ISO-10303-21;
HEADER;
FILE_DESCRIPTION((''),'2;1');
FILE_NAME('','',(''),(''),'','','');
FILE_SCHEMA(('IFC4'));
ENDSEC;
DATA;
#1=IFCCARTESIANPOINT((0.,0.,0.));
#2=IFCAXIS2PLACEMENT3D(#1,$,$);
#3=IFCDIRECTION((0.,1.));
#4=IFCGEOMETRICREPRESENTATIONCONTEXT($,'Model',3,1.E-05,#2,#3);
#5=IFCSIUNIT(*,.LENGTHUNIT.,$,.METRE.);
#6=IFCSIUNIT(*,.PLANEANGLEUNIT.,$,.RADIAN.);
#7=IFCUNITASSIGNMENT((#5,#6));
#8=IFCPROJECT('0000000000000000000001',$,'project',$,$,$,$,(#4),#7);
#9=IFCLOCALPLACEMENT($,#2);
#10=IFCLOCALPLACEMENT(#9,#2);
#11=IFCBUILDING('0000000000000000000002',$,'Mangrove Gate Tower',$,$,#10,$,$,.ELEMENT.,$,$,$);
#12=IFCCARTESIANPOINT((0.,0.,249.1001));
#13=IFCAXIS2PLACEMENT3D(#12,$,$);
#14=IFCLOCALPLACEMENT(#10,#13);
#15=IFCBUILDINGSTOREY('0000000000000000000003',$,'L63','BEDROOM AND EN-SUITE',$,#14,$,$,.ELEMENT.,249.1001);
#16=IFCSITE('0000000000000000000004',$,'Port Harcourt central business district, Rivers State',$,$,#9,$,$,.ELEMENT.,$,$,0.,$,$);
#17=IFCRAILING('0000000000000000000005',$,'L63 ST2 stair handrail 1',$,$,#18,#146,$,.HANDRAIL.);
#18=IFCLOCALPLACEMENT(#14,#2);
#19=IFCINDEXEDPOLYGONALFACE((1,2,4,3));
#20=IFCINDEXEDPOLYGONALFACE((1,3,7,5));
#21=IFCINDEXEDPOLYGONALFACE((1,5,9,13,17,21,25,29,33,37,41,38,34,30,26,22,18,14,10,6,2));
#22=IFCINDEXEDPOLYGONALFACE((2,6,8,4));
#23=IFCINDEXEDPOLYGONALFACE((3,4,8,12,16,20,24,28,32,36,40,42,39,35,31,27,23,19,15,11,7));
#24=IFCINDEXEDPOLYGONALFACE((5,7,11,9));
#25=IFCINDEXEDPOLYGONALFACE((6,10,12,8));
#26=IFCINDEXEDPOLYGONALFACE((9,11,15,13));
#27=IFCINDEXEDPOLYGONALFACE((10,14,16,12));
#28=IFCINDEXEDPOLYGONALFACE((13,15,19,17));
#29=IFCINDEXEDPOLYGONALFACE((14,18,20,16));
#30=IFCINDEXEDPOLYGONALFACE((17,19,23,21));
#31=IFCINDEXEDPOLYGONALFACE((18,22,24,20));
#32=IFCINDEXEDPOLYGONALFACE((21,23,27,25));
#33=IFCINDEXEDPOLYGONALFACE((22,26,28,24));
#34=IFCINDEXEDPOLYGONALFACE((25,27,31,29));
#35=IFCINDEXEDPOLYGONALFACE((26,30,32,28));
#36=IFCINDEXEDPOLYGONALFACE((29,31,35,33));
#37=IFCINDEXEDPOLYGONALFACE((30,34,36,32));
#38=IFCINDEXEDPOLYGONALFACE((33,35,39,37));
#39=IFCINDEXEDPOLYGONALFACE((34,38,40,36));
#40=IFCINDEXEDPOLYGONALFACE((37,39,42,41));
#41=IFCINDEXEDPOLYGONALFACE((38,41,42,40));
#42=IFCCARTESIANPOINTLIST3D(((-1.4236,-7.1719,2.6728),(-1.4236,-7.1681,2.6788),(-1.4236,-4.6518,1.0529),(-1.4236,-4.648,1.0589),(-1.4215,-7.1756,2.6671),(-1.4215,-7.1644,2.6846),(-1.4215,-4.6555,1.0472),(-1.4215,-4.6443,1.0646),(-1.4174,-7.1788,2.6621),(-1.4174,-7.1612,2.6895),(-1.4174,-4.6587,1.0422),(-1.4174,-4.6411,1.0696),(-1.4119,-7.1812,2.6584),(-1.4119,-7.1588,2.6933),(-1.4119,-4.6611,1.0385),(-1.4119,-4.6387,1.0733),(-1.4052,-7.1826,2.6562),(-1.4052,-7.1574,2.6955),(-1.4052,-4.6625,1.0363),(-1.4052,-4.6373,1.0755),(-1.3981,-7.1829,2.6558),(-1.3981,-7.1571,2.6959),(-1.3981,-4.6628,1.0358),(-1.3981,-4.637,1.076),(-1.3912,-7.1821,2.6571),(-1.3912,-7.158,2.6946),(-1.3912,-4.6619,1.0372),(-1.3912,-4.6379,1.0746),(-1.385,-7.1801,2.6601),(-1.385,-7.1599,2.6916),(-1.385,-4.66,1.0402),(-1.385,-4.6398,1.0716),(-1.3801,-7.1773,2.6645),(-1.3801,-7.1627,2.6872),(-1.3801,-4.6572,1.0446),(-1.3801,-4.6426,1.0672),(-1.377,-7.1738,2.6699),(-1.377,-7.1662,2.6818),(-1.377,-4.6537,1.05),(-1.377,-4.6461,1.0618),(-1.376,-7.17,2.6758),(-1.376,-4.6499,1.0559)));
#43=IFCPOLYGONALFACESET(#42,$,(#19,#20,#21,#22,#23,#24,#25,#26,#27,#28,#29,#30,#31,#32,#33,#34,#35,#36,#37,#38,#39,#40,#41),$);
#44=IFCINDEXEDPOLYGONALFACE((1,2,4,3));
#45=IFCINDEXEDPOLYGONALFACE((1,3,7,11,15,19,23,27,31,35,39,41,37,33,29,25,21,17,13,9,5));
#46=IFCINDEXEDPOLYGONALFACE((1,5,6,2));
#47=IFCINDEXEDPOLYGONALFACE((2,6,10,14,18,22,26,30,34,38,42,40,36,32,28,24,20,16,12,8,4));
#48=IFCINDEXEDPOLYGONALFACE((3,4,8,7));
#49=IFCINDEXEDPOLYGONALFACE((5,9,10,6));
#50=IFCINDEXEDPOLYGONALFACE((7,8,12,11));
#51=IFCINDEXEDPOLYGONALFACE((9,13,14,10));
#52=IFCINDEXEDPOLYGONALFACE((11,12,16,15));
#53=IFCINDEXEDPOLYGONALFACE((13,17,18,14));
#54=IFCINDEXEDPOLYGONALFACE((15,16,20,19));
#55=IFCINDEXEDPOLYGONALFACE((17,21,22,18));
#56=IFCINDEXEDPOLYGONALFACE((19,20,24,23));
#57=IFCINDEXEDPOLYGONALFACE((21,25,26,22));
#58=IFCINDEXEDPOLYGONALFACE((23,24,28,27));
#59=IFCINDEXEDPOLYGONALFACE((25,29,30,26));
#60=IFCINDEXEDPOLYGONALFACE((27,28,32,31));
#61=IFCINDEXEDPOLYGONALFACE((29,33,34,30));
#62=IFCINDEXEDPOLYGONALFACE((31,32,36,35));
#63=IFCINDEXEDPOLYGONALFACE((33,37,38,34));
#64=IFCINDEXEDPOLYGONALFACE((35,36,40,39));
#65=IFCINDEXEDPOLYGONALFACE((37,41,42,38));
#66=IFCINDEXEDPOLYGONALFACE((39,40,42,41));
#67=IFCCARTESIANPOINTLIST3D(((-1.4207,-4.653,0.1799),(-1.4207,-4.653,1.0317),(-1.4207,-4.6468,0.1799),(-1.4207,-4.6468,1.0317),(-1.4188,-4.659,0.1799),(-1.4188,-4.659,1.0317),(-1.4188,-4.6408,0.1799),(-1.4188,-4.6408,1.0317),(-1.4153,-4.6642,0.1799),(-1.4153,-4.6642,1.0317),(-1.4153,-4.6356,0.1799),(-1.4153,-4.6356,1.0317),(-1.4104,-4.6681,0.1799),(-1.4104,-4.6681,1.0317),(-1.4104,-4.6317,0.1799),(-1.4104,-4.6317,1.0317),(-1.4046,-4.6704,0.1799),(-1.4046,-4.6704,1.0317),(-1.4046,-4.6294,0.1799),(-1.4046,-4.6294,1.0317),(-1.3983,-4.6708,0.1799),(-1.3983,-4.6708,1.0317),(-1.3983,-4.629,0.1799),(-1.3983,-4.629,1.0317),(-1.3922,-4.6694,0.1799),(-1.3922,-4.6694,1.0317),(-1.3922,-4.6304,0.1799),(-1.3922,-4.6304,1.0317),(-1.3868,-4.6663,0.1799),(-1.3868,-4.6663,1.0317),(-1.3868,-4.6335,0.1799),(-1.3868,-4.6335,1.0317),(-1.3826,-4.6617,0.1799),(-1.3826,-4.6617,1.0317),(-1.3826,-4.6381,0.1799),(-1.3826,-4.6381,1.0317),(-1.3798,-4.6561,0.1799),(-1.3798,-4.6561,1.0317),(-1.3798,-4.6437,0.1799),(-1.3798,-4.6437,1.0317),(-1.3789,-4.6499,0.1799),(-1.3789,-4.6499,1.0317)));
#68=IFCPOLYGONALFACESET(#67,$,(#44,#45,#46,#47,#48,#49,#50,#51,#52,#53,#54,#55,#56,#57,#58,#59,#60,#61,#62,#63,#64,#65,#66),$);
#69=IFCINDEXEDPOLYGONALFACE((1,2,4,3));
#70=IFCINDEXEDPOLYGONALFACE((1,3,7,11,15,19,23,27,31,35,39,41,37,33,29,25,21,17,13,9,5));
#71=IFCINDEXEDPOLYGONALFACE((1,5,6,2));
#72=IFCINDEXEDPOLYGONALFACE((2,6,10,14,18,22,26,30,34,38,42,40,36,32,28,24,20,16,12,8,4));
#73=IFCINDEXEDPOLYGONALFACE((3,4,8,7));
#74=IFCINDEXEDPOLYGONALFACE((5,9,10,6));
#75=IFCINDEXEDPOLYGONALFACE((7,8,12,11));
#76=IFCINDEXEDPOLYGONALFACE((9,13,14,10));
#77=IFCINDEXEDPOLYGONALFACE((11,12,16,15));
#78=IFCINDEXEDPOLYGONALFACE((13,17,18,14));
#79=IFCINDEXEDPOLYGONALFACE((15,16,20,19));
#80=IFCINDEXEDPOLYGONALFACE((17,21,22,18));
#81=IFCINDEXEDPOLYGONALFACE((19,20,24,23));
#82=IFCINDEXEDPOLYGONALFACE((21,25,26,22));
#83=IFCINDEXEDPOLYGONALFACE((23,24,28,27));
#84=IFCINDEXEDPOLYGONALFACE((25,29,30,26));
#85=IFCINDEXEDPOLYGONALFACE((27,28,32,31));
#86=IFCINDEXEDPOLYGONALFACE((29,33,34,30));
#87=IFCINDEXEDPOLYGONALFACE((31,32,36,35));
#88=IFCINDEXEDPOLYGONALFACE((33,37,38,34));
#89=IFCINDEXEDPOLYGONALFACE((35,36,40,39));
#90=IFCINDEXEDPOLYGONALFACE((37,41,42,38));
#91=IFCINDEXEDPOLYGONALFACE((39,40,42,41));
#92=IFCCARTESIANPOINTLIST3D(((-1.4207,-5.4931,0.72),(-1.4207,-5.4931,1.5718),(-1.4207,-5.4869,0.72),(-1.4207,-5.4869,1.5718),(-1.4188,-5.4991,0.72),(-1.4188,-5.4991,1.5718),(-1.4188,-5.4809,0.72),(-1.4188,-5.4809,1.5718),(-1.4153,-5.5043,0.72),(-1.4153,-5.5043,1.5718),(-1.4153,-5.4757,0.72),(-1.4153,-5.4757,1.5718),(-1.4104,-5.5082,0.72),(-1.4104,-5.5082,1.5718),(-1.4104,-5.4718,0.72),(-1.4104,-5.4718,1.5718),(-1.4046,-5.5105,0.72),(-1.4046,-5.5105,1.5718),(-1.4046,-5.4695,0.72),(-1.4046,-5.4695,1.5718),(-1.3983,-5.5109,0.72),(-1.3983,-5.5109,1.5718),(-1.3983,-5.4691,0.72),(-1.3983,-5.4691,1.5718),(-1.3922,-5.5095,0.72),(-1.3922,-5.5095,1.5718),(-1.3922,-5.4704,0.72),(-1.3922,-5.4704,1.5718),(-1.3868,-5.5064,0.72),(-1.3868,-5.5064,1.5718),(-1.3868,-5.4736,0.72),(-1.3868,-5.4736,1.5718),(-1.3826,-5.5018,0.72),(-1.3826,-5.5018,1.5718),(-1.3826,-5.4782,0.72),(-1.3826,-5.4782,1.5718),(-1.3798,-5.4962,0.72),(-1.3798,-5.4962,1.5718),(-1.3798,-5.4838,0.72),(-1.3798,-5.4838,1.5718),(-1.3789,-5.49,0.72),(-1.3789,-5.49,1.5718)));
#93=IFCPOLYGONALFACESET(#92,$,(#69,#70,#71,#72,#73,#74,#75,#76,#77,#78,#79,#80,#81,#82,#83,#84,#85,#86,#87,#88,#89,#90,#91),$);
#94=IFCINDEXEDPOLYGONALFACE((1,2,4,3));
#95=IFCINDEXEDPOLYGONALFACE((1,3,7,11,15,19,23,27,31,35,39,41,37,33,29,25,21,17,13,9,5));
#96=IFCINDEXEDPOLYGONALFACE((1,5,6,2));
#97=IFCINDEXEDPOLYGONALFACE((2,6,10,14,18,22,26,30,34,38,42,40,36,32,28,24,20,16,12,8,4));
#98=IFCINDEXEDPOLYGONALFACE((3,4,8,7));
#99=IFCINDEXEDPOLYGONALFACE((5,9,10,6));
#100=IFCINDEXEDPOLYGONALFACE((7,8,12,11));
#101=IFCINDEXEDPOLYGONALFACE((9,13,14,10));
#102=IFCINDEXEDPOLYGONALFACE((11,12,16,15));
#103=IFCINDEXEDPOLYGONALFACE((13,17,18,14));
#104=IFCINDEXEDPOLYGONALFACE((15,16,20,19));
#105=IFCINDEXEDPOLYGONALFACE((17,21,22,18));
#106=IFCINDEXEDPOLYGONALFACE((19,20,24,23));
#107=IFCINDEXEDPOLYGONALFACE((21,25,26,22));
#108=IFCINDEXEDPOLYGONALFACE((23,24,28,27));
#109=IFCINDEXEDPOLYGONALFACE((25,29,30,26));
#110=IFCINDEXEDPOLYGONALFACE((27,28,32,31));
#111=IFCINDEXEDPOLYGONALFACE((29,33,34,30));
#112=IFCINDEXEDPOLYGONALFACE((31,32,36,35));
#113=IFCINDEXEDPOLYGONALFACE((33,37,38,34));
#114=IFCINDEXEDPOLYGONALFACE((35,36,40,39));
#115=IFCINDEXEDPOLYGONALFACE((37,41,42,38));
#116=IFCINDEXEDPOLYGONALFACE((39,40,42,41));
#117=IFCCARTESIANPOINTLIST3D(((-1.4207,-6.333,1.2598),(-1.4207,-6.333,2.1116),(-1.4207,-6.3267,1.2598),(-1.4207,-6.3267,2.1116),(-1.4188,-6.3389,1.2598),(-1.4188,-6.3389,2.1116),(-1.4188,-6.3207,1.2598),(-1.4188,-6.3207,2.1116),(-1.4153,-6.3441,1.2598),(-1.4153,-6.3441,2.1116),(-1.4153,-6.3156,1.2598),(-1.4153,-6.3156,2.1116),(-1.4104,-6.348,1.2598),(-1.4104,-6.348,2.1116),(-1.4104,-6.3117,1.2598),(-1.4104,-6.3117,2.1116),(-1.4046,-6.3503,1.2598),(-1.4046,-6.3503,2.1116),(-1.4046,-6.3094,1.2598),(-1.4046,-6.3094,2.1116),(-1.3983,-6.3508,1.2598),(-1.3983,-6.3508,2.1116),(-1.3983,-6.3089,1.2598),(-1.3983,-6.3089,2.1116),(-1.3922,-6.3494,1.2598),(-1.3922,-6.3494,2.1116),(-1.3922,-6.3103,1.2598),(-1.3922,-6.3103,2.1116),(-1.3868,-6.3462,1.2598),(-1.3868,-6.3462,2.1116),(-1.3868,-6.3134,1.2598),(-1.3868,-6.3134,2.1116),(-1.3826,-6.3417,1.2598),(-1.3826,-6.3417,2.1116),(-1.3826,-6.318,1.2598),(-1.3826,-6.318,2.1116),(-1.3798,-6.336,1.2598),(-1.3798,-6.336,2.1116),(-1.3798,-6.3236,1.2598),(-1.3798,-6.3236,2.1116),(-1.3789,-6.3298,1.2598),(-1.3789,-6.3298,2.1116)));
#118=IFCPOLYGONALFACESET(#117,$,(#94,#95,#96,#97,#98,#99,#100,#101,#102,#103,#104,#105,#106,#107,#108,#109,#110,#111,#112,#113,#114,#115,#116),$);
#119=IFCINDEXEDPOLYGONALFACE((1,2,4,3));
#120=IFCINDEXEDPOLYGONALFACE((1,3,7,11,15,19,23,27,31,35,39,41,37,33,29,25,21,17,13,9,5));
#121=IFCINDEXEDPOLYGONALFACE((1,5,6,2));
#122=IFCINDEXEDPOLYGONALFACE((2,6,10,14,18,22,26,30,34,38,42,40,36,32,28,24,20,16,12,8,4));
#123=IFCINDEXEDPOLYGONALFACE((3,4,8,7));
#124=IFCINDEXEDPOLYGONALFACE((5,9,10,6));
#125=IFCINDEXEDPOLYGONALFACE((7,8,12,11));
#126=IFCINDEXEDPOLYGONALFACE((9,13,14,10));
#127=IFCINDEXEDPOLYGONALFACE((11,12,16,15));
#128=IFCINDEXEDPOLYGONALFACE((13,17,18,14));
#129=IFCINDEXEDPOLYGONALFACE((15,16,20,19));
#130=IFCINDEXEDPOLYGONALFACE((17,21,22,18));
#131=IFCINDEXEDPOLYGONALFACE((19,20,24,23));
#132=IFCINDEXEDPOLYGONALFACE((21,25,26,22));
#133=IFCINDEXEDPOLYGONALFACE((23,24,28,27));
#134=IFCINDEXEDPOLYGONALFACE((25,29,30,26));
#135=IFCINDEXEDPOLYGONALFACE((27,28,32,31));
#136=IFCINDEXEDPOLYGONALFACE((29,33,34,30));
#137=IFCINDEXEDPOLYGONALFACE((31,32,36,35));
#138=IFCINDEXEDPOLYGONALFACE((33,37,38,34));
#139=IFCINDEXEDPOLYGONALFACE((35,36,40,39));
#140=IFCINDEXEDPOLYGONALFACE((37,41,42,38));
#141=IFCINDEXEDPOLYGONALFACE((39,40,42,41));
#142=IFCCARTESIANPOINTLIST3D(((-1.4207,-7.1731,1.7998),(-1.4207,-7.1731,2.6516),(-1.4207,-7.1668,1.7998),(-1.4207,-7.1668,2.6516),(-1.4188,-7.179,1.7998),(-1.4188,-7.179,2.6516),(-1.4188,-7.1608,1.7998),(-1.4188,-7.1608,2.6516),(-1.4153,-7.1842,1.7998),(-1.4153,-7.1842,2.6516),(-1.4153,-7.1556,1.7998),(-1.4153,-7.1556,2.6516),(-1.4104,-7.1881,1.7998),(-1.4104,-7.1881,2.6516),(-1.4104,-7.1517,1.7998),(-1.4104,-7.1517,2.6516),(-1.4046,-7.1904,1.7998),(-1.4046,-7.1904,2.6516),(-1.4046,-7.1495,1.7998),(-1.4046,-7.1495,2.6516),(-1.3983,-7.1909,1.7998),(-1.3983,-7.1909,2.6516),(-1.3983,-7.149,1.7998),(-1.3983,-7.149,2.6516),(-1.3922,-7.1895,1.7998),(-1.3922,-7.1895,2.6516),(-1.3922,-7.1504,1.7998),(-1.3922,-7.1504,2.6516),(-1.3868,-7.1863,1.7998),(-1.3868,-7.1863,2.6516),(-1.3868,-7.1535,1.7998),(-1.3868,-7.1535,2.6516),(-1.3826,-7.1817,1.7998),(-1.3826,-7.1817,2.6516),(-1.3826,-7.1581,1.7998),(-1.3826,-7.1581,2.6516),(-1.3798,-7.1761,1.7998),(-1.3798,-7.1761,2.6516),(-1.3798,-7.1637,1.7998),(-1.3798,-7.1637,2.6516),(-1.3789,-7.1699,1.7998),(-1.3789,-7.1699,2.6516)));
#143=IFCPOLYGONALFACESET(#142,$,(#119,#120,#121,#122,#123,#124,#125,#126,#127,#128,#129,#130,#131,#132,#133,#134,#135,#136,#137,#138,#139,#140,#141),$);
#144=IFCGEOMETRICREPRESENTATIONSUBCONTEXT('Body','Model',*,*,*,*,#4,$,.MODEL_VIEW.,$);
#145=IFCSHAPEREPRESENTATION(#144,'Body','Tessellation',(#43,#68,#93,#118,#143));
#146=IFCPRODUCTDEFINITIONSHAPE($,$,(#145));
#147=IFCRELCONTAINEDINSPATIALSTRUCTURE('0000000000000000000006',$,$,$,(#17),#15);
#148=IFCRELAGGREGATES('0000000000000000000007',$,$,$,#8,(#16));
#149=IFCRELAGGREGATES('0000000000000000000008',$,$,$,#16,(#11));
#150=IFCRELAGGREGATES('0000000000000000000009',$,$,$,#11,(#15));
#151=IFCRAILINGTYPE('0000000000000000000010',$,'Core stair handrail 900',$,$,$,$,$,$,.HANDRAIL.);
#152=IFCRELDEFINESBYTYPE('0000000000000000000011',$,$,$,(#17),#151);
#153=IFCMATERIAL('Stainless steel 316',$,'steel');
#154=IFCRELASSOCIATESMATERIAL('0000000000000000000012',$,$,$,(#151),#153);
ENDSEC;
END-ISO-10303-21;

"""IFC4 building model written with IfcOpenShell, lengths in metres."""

from ifc_helpers import new_model, si_unit, direction, frame, origin, origin_2d, place, context, subcontext, project, spatial, circle, extrude, material, type_object, element, save


model = new_model("IFC4")

# Units and contexts
model_context = context("Model", 3, precision=1e-05, world=origin(), true_north=direction((0.0, 1.0)))
body_context = subcontext(model_context, "Body", "Model", "MODEL_VIEW")
ifc_project = project(units=[si_unit("LENGTHUNIT", "METRE"), si_unit("PLANEANGLEUNIT", "RADIAN")], contexts=[model_context])

# Site, building, storey
site_placement = place(None, origin())
site = spatial("IfcSite", under=ifc_project, at=site_placement, Name="Port Harcourt central business district, Rivers State", CompositionType="ELEMENT", RefElevation=0.0)
building_placement = place(site_placement, origin())
building = spatial("IfcBuilding", under=site, at=building_placement, Name="Mangrove Gate Tower", CompositionType="ELEMENT")
storey_placement = place(building_placement, frame((0.0, 0.0, 249.1001)))
storey = spatial("IfcBuildingStorey", under=building, at=storey_placement, Name="L63", Description="BEDROOM AND EN-SUITE", CompositionType="ELEMENT", Elevation=249.1001)

# Railing
ifc_material_1 = material(Name="Stainless steel 316", Category="steel")
railing_type_1 = type_object("IfcRailingType", Name="Core stair handrail 900", PredefinedType="HANDRAIL", material=ifc_material_1)
railing_1_placement = place(storey_placement, frame((-1.3999, -4.6499, 0.1799)))
element("IfcRailing", 1, at=railing_1_placement, inside=storey, type_object=railing_type_1, Name="L63 ST2 stair handrail 1", PredefinedType="HANDRAIL", context=body_context, shape_type="SweptSolid", body=[
    extrude(circle(Radius=0.0239, at=origin_2d()), frame((0.0, 0.0, 0.876), z_axis=(0.0, -0.8412, 0.540725), x_axis=(1.0, 0.0, 0.0)), (0.0, 0.0, 1.0), 2.9958),
    extrude(circle(Radius=0.021, at=origin_2d()), origin(), (0.0, 0.0, 1.0), 0.8518),
    extrude(circle(Radius=0.021, at=origin_2d()), frame((0.0, -0.8401, 0.54)), (0.0, 0.0, 1.0), 0.8518),
    extrude(circle(Radius=0.021, at=origin_2d()), frame((0.0, -1.6799, 1.0798)), (0.0, 0.0, 1.0), 0.8518),
    extrude(circle(Radius=0.021, at=origin_2d()), frame((0.0, -2.52, 1.6199)), (0.0, 0.0, 1.0), 0.8518),
])

save(model, "model.ifc")
